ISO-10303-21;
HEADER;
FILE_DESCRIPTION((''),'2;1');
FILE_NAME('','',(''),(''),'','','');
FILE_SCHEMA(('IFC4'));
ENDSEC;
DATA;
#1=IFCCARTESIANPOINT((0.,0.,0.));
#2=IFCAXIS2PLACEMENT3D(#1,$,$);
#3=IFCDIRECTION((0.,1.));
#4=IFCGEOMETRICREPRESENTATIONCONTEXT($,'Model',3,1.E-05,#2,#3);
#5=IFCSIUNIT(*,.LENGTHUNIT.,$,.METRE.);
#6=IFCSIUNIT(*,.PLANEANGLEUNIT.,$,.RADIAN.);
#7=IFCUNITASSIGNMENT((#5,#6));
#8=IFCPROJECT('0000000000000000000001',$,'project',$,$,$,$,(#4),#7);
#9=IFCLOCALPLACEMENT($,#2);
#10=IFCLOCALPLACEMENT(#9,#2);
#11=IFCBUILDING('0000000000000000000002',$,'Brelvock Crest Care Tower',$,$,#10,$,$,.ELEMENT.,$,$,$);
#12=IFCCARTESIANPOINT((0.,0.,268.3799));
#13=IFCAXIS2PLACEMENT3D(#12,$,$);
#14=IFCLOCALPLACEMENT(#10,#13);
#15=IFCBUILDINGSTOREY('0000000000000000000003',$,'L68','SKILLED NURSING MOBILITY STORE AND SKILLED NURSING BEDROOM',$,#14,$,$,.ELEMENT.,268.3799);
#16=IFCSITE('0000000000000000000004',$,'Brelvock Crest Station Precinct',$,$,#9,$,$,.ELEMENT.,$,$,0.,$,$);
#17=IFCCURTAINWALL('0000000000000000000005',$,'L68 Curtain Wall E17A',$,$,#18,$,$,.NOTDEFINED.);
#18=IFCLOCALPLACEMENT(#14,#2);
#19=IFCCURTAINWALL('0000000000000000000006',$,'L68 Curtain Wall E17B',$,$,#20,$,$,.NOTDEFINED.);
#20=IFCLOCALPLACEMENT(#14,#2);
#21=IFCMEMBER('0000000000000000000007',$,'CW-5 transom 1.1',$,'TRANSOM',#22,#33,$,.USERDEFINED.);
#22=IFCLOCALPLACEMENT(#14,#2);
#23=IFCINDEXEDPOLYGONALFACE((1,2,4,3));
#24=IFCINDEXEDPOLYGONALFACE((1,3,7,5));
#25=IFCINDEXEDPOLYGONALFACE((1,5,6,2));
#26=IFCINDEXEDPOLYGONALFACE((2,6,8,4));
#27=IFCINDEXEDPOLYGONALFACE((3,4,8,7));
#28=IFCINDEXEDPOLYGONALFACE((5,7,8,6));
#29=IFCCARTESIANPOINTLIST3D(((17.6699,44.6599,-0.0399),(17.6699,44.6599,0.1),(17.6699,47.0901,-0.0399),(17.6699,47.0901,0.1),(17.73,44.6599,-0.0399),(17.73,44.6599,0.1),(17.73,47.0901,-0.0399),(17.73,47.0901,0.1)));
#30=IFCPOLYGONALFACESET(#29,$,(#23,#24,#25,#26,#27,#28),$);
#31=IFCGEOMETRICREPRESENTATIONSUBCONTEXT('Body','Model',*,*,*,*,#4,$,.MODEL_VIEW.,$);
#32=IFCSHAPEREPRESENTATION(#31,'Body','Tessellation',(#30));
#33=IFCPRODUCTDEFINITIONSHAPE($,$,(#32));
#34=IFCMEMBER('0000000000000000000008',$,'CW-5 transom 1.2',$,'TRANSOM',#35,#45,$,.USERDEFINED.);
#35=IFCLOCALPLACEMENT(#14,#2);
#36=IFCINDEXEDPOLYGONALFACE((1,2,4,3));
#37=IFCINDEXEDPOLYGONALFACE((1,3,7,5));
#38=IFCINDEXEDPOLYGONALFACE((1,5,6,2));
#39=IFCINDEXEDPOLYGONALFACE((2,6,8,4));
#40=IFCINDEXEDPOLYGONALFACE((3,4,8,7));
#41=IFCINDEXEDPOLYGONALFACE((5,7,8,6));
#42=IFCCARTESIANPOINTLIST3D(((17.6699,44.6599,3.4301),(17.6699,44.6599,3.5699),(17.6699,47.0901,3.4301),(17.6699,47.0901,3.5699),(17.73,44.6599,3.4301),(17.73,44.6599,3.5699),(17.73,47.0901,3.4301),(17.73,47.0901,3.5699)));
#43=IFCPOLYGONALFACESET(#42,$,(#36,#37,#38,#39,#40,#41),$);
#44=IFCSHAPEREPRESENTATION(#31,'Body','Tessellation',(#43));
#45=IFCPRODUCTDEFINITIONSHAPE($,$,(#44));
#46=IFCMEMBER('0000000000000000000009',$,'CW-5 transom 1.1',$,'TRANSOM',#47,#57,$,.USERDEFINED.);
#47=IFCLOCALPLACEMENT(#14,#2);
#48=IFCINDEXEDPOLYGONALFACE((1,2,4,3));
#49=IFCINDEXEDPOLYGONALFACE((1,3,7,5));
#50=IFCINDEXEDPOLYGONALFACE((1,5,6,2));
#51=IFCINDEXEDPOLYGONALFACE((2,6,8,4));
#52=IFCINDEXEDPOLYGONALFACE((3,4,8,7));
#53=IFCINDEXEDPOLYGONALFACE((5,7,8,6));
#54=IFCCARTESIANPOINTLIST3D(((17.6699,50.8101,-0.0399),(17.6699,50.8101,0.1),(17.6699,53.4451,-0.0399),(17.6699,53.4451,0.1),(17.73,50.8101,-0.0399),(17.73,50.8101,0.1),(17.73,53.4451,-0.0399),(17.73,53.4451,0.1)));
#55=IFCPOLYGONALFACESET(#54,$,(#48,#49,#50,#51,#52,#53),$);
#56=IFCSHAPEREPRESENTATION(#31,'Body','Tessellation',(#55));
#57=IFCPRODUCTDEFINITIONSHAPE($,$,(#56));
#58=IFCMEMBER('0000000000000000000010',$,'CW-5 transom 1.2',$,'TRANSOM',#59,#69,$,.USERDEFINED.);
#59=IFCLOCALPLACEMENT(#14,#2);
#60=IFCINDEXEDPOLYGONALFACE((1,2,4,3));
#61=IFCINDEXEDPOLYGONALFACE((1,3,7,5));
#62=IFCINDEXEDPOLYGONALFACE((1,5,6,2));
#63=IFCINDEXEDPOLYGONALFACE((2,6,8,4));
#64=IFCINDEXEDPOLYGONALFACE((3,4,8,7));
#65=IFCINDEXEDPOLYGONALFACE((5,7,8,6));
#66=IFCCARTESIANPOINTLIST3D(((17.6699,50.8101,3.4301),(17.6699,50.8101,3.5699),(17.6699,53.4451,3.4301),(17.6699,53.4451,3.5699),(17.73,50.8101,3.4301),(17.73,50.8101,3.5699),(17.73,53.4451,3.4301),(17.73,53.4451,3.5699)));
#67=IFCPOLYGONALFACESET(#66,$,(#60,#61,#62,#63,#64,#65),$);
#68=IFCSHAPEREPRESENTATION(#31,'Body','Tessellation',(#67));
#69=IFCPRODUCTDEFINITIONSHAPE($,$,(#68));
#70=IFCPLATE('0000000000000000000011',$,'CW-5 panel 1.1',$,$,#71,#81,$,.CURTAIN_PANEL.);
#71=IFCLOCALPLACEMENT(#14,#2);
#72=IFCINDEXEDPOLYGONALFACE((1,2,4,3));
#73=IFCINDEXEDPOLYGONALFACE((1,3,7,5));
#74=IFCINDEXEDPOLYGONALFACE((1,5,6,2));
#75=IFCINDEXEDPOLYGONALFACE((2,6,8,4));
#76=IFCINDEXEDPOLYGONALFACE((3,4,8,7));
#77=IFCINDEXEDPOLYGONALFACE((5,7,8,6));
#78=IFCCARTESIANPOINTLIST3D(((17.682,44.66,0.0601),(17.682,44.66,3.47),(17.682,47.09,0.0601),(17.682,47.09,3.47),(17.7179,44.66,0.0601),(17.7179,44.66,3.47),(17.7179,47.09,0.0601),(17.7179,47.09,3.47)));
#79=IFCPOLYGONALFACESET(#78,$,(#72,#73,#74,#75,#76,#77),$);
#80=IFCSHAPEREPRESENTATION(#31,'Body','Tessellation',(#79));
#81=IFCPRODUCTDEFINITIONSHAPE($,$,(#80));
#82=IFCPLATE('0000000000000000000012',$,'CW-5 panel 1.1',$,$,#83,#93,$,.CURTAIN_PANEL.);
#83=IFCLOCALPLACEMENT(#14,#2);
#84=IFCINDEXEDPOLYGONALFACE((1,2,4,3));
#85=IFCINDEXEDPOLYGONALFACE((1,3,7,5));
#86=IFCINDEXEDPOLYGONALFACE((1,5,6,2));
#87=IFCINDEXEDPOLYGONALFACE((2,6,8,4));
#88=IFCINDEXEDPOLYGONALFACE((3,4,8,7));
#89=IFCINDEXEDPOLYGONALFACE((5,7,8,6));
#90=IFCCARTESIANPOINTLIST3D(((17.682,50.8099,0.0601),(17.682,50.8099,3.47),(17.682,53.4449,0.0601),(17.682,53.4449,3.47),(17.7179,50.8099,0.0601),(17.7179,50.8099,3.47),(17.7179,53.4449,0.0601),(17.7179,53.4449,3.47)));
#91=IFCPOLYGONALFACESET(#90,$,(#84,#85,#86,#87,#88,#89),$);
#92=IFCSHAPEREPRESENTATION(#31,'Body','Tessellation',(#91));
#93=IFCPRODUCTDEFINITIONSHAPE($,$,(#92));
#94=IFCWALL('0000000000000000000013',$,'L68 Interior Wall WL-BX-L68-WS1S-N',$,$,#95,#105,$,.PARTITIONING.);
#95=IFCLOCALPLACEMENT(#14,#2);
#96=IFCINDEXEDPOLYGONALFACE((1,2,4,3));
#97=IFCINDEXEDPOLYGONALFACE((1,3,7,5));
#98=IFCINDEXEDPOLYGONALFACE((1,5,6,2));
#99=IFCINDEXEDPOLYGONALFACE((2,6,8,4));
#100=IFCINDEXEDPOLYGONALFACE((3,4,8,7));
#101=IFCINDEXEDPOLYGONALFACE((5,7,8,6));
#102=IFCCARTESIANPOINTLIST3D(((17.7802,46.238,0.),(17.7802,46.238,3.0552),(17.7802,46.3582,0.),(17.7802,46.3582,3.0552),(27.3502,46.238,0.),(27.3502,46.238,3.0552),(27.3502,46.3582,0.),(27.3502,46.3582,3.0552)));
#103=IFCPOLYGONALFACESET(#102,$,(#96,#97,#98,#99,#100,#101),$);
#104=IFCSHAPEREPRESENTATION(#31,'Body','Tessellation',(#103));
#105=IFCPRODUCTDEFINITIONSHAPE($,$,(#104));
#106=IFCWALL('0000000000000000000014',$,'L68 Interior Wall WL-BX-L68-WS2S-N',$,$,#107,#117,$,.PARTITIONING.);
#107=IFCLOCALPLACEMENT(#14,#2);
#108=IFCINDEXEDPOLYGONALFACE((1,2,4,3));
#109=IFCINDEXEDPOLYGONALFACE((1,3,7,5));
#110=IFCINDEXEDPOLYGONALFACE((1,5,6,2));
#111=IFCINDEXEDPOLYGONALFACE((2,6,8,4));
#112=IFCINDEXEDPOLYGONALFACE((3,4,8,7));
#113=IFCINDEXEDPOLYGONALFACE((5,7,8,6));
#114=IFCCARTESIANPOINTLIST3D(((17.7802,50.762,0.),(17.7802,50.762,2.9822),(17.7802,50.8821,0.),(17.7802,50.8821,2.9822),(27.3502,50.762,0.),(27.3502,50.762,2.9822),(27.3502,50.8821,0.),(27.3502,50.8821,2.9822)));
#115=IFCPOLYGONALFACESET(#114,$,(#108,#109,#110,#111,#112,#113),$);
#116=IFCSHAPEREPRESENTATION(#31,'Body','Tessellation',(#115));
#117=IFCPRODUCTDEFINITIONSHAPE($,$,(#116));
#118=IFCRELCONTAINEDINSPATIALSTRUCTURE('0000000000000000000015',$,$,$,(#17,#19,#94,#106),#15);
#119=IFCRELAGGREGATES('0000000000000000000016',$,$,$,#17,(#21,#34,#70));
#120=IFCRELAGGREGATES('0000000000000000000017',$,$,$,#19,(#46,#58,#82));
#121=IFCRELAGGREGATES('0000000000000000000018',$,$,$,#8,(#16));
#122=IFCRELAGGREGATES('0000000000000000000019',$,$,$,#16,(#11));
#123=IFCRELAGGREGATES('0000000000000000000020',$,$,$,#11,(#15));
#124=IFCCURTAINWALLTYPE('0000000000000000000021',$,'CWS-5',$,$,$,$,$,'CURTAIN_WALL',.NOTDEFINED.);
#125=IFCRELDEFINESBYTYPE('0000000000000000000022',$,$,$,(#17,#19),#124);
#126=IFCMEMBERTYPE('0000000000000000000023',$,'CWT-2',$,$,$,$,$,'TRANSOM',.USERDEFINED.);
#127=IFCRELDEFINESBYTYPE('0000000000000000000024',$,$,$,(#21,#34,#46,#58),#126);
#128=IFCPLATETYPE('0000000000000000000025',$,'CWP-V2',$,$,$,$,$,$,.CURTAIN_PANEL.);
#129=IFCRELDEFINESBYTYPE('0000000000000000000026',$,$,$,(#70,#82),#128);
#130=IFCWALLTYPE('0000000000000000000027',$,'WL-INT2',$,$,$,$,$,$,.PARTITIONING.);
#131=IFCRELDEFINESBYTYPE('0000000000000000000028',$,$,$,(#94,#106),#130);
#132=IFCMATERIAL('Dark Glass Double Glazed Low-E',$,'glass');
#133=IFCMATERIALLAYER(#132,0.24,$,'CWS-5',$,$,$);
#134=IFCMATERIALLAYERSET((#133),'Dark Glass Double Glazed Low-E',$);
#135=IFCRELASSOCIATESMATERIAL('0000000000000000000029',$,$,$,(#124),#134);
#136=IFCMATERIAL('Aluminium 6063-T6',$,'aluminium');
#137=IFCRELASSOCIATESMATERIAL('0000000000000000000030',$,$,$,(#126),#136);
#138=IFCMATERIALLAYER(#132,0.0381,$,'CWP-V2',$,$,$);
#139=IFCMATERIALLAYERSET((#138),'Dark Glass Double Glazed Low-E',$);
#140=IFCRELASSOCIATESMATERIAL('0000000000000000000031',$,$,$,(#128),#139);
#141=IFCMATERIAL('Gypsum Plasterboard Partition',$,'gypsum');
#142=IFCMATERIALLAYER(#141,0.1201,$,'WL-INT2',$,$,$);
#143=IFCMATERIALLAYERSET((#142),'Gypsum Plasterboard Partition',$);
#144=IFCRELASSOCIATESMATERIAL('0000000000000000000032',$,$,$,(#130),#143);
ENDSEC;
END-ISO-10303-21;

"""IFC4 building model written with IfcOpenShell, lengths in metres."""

from ifc_helpers import new_model, si_unit, direction, frame, frame_2d, origin, origin_2d, place, context, subcontext, project, spatial, rectangle, extrude, source, transform, mapped, material, layer, layer_set, material_profile, profile_set, type_object, element, aggregate, save


model = new_model("IFC4")

# Units and contexts
model_context = context("Model", 3, precision=1e-05, world=origin(), true_north=direction((0.0, 1.0)))
body_context = subcontext(model_context, "Body", "Model", "MODEL_VIEW")
ifc_project = project(units=[si_unit("LENGTHUNIT", "METRE"), si_unit("PLANEANGLEUNIT", "RADIAN")], contexts=[model_context])

# Site, building, storey
site_placement = place(None, origin())
site = spatial("IfcSite", under=ifc_project, at=site_placement, Name="Brelvock Crest Station Precinct", CompositionType="ELEMENT", RefElevation=0.0)
building_placement = place(site_placement, origin())
building = spatial("IfcBuilding", under=site, at=building_placement, Name="Brelvock Crest Care Tower", CompositionType="ELEMENT")
storey_placement = place(building_placement, frame((0.0, 0.0, 268.3799)))
storey = spatial("IfcBuildingStorey", under=building, at=storey_placement, Name="L68", Description="SKILLED NURSING MOBILITY STORE AND SKILLED NURSING BEDROOM", CompositionType="ELEMENT", Elevation=268.3799)

# Curtain wall
ifc_material_1 = material(Name="Dark Glass Double Glazed Low-E", Category="glass")
ifc_layer_1 = layer(ifc_material_1, 0.24, Name="CWS-5")
ifc_layer_set_1 = layer_set([ifc_layer_1], Name="Dark Glass Double Glazed Low-E")
curtain_wall_type = type_object("IfcCurtainWallType", Name="CWS-5", ElementType="CURTAIN_WALL", PredefinedType="NOTDEFINED", material=ifc_layer_set_1)
curtain_wall_1_placement = place(storey_placement, origin())
curtain_wall_1 = element("IfcCurtainWall", 1, at=curtain_wall_1_placement, inside=storey, type_object=curtain_wall_type, Name="L68 Curtain Wall E17A", PredefinedType="NOTDEFINED")
ifc_material_2 = material(Name="Aluminium 6063-T6", Category="aluminium")

# Curtain wall
curtain_wall_2_placement = place(storey_placement, origin())
curtain_wall_2 = element("IfcCurtainWall", 2, at=curtain_wall_2_placement, inside=storey, type_object=curtain_wall_type, Name="L68 Curtain Wall E17B", PredefinedType="NOTDEFINED")

# Members
ifc_material_profile_1 = material_profile(ifc_material_2, rectangle(XDim=0.0601, YDim=0.1399, at=origin_2d()), Name="ALU60x140")
ifc_profile_set_1 = profile_set([ifc_material_profile_1], Name="Aluminium 6063-T6")
member_type_1 = type_object("IfcMemberType", Name="CWT-2", ElementType="TRANSOM", PredefinedType="USERDEFINED", material=ifc_profile_set_1)
shared_shape_1 = source(origin(), body_context, "Body", "SweptSolid", [
    extrude(rectangle(XDim=0.0601, YDim=0.1399, at=origin_2d()), origin(), (0.0, 0.0, 1.0), 2.4302),
])
member_1_placement = place(storey_placement, frame((17.7, 44.6599, 0.03), z_axis=(0.0, 1.0, 0.0), x_axis=(-1.0, 0.0, 0.0)))
member_1 = element("IfcMember", 3, at=member_1_placement, type_object=member_type_1, Name="CW-5 transom 1.1", ObjectType="TRANSOM", PredefinedType="USERDEFINED", context=body_context, shape_type="MappedRepresentation", body=[
    mapped(shared_shape_1, transform((0.0, 0.0, 0.0), x_axis=(1.0, 0.0, 0.0), y_axis=(0.0, 1.0, 0.0), z_axis=(0.0, 0.0, 1.0), scale=1.0)),
])
member_2_placement = place(storey_placement, frame((17.7, 44.6599, 3.5), z_axis=(0.0, 1.0, 0.0), x_axis=(-1.0, 0.0, 0.0)))
member_2 = element("IfcMember", 4, at=member_2_placement, type_object=member_type_1, Name="CW-5 transom 1.2", ObjectType="TRANSOM", PredefinedType="USERDEFINED", context=body_context, shape_type="MappedRepresentation", body=[
    mapped(shared_shape_1, transform((0.0, 0.0, 0.0), x_axis=(1.0, 0.0, 0.0), y_axis=(0.0, 1.0, 0.0), z_axis=(0.0, 0.0, 1.0), scale=1.0)),
])
shared_shape_2 = source(origin(), body_context, "Body", "SweptSolid", [
    extrude(rectangle(XDim=0.0601, YDim=0.1399, at=origin_2d()), origin(), (0.0, 0.0, 1.0), 2.635),
])
member_3_placement = place(storey_placement, frame((17.7, 50.8101, 0.03), z_axis=(0.0, 1.0, 0.0), x_axis=(-1.0, 0.0, 0.0)))
member_3 = element("IfcMember", 5, at=member_3_placement, type_object=member_type_1, Name="CW-5 transom 1.1", ObjectType="TRANSOM", PredefinedType="USERDEFINED", context=body_context, shape_type="MappedRepresentation", body=[
    mapped(shared_shape_2, transform((0.0, 0.0, 0.0), x_axis=(1.0, 0.0, 0.0), y_axis=(0.0, 1.0, 0.0), z_axis=(0.0, 0.0, 1.0), scale=1.0)),
])
member_4_placement = place(storey_placement, frame((17.7, 50.8101, 3.5), z_axis=(0.0, 1.0, 0.0), x_axis=(-1.0, 0.0, 0.0)))
member_4 = element("IfcMember", 6, at=member_4_placement, type_object=member_type_1, Name="CW-5 transom 1.2", ObjectType="TRANSOM", PredefinedType="USERDEFINED", context=body_context, shape_type="MappedRepresentation", body=[
    mapped(shared_shape_2, transform((0.0, 0.0, 0.0), x_axis=(1.0, 0.0, 0.0), y_axis=(0.0, 1.0, 0.0), z_axis=(0.0, 0.0, 1.0), scale=1.0)),
])

# Plates
ifc_layer_2 = layer(ifc_material_1, 0.0381, Name="CWP-V2")
ifc_layer_set_2 = layer_set([ifc_layer_2], Name="Dark Glass Double Glazed Low-E")
plate_type = type_object("IfcPlateType", Name="CWP-V2", PredefinedType="CURTAIN_PANEL", material=ifc_layer_set_2)
shared_shape_3 = source(origin(), body_context, "Body", "SweptSolid", [
    extrude(rectangle(XDim=2.4299, YDim=0.0359, at=origin_2d()), origin(), (0.0, 0.0, 1.0), 3.4099),
])
plate_1_placement = place(storey_placement, frame((17.7, 45.875, 0.0601), z_axis=(0.0, 0.0, 1.0), x_axis=(0.0, 1.0, 0.0)))
plate_1 = element("IfcPlate", 7, at=plate_1_placement, type_object=plate_type, Name="CW-5 panel 1.1", PredefinedType="CURTAIN_PANEL", context=body_context, shape_type="MappedRepresentation", body=[
    mapped(shared_shape_3, transform((0.0, 0.0, 0.0), x_axis=(1.0, 0.0, 0.0), y_axis=(0.0, 1.0, 0.0), z_axis=(0.0, 0.0, 1.0), scale=1.0)),
])
aggregate(curtain_wall_1, [member_1, member_2, plate_1])
shared_shape_4 = source(origin(), body_context, "Body", "SweptSolid", [
    extrude(rectangle(XDim=2.635, YDim=0.0359, at=origin_2d()), origin(), (0.0, 0.0, 1.0), 3.4099),
])
plate_2_placement = place(storey_placement, frame((17.7, 52.1274, 0.0601), z_axis=(0.0, 0.0, 1.0), x_axis=(0.0, 1.0, 0.0)))
plate_2 = element("IfcPlate", 8, at=plate_2_placement, type_object=plate_type, Name="CW-5 panel 1.1", PredefinedType="CURTAIN_PANEL", context=body_context, shape_type="MappedRepresentation", body=[
    mapped(shared_shape_4, transform((0.0, 0.0, 0.0), x_axis=(1.0, 0.0, 0.0), y_axis=(0.0, 1.0, 0.0), z_axis=(0.0, 0.0, 1.0), scale=1.0)),
])
aggregate(curtain_wall_2, [member_3, member_4, plate_2])

# Walls
ifc_material_3 = material(Name="Gypsum Plasterboard Partition", Category="gypsum")
ifc_layer_3 = layer(ifc_material_3, 0.1201, Name="WL-INT2")
ifc_layer_set_3 = layer_set([ifc_layer_3], Name="Gypsum Plasterboard Partition")
wall_type_1 = type_object("IfcWallType", Name="WL-INT2", PredefinedType="PARTITIONING", material=ifc_layer_set_3)
wall_1_placement = place(storey_placement, frame((17.78, 46.2981, 0.0), z_axis=(0.0, 0.0, 1.0), x_axis=(1.0, 0.0, 0.0)))
element("IfcWall", 9, at=wall_1_placement, inside=storey, type_object=wall_type_1, Name="L68 Interior Wall WL-BX-L68-WS1S-N", PredefinedType="PARTITIONING", context=body_context, shape_type="SweptSolid", body=[
    extrude(rectangle(XDim=9.5701, YDim=0.1201, at=frame_2d((4.7852, 0.0))), origin(), (0.0, 0.0, 1.0), 3.0552),
])
wall_2_placement = place(storey_placement, frame((17.78, 50.822, 0.0), z_axis=(0.0, 0.0, 1.0), x_axis=(1.0, 0.0, 0.0)))
element("IfcWall", 10, at=wall_2_placement, inside=storey, type_object=wall_type_1, Name="L68 Interior Wall WL-BX-L68-WS2S-N", PredefinedType="PARTITIONING", context=body_context, shape_type="SweptSolid", body=[
    extrude(rectangle(XDim=9.5701, YDim=0.1201, at=frame_2d((4.7852, 0.0))), origin(), (0.0, 0.0, 1.0), 2.9822),
])

save(model, "model.ifc")
